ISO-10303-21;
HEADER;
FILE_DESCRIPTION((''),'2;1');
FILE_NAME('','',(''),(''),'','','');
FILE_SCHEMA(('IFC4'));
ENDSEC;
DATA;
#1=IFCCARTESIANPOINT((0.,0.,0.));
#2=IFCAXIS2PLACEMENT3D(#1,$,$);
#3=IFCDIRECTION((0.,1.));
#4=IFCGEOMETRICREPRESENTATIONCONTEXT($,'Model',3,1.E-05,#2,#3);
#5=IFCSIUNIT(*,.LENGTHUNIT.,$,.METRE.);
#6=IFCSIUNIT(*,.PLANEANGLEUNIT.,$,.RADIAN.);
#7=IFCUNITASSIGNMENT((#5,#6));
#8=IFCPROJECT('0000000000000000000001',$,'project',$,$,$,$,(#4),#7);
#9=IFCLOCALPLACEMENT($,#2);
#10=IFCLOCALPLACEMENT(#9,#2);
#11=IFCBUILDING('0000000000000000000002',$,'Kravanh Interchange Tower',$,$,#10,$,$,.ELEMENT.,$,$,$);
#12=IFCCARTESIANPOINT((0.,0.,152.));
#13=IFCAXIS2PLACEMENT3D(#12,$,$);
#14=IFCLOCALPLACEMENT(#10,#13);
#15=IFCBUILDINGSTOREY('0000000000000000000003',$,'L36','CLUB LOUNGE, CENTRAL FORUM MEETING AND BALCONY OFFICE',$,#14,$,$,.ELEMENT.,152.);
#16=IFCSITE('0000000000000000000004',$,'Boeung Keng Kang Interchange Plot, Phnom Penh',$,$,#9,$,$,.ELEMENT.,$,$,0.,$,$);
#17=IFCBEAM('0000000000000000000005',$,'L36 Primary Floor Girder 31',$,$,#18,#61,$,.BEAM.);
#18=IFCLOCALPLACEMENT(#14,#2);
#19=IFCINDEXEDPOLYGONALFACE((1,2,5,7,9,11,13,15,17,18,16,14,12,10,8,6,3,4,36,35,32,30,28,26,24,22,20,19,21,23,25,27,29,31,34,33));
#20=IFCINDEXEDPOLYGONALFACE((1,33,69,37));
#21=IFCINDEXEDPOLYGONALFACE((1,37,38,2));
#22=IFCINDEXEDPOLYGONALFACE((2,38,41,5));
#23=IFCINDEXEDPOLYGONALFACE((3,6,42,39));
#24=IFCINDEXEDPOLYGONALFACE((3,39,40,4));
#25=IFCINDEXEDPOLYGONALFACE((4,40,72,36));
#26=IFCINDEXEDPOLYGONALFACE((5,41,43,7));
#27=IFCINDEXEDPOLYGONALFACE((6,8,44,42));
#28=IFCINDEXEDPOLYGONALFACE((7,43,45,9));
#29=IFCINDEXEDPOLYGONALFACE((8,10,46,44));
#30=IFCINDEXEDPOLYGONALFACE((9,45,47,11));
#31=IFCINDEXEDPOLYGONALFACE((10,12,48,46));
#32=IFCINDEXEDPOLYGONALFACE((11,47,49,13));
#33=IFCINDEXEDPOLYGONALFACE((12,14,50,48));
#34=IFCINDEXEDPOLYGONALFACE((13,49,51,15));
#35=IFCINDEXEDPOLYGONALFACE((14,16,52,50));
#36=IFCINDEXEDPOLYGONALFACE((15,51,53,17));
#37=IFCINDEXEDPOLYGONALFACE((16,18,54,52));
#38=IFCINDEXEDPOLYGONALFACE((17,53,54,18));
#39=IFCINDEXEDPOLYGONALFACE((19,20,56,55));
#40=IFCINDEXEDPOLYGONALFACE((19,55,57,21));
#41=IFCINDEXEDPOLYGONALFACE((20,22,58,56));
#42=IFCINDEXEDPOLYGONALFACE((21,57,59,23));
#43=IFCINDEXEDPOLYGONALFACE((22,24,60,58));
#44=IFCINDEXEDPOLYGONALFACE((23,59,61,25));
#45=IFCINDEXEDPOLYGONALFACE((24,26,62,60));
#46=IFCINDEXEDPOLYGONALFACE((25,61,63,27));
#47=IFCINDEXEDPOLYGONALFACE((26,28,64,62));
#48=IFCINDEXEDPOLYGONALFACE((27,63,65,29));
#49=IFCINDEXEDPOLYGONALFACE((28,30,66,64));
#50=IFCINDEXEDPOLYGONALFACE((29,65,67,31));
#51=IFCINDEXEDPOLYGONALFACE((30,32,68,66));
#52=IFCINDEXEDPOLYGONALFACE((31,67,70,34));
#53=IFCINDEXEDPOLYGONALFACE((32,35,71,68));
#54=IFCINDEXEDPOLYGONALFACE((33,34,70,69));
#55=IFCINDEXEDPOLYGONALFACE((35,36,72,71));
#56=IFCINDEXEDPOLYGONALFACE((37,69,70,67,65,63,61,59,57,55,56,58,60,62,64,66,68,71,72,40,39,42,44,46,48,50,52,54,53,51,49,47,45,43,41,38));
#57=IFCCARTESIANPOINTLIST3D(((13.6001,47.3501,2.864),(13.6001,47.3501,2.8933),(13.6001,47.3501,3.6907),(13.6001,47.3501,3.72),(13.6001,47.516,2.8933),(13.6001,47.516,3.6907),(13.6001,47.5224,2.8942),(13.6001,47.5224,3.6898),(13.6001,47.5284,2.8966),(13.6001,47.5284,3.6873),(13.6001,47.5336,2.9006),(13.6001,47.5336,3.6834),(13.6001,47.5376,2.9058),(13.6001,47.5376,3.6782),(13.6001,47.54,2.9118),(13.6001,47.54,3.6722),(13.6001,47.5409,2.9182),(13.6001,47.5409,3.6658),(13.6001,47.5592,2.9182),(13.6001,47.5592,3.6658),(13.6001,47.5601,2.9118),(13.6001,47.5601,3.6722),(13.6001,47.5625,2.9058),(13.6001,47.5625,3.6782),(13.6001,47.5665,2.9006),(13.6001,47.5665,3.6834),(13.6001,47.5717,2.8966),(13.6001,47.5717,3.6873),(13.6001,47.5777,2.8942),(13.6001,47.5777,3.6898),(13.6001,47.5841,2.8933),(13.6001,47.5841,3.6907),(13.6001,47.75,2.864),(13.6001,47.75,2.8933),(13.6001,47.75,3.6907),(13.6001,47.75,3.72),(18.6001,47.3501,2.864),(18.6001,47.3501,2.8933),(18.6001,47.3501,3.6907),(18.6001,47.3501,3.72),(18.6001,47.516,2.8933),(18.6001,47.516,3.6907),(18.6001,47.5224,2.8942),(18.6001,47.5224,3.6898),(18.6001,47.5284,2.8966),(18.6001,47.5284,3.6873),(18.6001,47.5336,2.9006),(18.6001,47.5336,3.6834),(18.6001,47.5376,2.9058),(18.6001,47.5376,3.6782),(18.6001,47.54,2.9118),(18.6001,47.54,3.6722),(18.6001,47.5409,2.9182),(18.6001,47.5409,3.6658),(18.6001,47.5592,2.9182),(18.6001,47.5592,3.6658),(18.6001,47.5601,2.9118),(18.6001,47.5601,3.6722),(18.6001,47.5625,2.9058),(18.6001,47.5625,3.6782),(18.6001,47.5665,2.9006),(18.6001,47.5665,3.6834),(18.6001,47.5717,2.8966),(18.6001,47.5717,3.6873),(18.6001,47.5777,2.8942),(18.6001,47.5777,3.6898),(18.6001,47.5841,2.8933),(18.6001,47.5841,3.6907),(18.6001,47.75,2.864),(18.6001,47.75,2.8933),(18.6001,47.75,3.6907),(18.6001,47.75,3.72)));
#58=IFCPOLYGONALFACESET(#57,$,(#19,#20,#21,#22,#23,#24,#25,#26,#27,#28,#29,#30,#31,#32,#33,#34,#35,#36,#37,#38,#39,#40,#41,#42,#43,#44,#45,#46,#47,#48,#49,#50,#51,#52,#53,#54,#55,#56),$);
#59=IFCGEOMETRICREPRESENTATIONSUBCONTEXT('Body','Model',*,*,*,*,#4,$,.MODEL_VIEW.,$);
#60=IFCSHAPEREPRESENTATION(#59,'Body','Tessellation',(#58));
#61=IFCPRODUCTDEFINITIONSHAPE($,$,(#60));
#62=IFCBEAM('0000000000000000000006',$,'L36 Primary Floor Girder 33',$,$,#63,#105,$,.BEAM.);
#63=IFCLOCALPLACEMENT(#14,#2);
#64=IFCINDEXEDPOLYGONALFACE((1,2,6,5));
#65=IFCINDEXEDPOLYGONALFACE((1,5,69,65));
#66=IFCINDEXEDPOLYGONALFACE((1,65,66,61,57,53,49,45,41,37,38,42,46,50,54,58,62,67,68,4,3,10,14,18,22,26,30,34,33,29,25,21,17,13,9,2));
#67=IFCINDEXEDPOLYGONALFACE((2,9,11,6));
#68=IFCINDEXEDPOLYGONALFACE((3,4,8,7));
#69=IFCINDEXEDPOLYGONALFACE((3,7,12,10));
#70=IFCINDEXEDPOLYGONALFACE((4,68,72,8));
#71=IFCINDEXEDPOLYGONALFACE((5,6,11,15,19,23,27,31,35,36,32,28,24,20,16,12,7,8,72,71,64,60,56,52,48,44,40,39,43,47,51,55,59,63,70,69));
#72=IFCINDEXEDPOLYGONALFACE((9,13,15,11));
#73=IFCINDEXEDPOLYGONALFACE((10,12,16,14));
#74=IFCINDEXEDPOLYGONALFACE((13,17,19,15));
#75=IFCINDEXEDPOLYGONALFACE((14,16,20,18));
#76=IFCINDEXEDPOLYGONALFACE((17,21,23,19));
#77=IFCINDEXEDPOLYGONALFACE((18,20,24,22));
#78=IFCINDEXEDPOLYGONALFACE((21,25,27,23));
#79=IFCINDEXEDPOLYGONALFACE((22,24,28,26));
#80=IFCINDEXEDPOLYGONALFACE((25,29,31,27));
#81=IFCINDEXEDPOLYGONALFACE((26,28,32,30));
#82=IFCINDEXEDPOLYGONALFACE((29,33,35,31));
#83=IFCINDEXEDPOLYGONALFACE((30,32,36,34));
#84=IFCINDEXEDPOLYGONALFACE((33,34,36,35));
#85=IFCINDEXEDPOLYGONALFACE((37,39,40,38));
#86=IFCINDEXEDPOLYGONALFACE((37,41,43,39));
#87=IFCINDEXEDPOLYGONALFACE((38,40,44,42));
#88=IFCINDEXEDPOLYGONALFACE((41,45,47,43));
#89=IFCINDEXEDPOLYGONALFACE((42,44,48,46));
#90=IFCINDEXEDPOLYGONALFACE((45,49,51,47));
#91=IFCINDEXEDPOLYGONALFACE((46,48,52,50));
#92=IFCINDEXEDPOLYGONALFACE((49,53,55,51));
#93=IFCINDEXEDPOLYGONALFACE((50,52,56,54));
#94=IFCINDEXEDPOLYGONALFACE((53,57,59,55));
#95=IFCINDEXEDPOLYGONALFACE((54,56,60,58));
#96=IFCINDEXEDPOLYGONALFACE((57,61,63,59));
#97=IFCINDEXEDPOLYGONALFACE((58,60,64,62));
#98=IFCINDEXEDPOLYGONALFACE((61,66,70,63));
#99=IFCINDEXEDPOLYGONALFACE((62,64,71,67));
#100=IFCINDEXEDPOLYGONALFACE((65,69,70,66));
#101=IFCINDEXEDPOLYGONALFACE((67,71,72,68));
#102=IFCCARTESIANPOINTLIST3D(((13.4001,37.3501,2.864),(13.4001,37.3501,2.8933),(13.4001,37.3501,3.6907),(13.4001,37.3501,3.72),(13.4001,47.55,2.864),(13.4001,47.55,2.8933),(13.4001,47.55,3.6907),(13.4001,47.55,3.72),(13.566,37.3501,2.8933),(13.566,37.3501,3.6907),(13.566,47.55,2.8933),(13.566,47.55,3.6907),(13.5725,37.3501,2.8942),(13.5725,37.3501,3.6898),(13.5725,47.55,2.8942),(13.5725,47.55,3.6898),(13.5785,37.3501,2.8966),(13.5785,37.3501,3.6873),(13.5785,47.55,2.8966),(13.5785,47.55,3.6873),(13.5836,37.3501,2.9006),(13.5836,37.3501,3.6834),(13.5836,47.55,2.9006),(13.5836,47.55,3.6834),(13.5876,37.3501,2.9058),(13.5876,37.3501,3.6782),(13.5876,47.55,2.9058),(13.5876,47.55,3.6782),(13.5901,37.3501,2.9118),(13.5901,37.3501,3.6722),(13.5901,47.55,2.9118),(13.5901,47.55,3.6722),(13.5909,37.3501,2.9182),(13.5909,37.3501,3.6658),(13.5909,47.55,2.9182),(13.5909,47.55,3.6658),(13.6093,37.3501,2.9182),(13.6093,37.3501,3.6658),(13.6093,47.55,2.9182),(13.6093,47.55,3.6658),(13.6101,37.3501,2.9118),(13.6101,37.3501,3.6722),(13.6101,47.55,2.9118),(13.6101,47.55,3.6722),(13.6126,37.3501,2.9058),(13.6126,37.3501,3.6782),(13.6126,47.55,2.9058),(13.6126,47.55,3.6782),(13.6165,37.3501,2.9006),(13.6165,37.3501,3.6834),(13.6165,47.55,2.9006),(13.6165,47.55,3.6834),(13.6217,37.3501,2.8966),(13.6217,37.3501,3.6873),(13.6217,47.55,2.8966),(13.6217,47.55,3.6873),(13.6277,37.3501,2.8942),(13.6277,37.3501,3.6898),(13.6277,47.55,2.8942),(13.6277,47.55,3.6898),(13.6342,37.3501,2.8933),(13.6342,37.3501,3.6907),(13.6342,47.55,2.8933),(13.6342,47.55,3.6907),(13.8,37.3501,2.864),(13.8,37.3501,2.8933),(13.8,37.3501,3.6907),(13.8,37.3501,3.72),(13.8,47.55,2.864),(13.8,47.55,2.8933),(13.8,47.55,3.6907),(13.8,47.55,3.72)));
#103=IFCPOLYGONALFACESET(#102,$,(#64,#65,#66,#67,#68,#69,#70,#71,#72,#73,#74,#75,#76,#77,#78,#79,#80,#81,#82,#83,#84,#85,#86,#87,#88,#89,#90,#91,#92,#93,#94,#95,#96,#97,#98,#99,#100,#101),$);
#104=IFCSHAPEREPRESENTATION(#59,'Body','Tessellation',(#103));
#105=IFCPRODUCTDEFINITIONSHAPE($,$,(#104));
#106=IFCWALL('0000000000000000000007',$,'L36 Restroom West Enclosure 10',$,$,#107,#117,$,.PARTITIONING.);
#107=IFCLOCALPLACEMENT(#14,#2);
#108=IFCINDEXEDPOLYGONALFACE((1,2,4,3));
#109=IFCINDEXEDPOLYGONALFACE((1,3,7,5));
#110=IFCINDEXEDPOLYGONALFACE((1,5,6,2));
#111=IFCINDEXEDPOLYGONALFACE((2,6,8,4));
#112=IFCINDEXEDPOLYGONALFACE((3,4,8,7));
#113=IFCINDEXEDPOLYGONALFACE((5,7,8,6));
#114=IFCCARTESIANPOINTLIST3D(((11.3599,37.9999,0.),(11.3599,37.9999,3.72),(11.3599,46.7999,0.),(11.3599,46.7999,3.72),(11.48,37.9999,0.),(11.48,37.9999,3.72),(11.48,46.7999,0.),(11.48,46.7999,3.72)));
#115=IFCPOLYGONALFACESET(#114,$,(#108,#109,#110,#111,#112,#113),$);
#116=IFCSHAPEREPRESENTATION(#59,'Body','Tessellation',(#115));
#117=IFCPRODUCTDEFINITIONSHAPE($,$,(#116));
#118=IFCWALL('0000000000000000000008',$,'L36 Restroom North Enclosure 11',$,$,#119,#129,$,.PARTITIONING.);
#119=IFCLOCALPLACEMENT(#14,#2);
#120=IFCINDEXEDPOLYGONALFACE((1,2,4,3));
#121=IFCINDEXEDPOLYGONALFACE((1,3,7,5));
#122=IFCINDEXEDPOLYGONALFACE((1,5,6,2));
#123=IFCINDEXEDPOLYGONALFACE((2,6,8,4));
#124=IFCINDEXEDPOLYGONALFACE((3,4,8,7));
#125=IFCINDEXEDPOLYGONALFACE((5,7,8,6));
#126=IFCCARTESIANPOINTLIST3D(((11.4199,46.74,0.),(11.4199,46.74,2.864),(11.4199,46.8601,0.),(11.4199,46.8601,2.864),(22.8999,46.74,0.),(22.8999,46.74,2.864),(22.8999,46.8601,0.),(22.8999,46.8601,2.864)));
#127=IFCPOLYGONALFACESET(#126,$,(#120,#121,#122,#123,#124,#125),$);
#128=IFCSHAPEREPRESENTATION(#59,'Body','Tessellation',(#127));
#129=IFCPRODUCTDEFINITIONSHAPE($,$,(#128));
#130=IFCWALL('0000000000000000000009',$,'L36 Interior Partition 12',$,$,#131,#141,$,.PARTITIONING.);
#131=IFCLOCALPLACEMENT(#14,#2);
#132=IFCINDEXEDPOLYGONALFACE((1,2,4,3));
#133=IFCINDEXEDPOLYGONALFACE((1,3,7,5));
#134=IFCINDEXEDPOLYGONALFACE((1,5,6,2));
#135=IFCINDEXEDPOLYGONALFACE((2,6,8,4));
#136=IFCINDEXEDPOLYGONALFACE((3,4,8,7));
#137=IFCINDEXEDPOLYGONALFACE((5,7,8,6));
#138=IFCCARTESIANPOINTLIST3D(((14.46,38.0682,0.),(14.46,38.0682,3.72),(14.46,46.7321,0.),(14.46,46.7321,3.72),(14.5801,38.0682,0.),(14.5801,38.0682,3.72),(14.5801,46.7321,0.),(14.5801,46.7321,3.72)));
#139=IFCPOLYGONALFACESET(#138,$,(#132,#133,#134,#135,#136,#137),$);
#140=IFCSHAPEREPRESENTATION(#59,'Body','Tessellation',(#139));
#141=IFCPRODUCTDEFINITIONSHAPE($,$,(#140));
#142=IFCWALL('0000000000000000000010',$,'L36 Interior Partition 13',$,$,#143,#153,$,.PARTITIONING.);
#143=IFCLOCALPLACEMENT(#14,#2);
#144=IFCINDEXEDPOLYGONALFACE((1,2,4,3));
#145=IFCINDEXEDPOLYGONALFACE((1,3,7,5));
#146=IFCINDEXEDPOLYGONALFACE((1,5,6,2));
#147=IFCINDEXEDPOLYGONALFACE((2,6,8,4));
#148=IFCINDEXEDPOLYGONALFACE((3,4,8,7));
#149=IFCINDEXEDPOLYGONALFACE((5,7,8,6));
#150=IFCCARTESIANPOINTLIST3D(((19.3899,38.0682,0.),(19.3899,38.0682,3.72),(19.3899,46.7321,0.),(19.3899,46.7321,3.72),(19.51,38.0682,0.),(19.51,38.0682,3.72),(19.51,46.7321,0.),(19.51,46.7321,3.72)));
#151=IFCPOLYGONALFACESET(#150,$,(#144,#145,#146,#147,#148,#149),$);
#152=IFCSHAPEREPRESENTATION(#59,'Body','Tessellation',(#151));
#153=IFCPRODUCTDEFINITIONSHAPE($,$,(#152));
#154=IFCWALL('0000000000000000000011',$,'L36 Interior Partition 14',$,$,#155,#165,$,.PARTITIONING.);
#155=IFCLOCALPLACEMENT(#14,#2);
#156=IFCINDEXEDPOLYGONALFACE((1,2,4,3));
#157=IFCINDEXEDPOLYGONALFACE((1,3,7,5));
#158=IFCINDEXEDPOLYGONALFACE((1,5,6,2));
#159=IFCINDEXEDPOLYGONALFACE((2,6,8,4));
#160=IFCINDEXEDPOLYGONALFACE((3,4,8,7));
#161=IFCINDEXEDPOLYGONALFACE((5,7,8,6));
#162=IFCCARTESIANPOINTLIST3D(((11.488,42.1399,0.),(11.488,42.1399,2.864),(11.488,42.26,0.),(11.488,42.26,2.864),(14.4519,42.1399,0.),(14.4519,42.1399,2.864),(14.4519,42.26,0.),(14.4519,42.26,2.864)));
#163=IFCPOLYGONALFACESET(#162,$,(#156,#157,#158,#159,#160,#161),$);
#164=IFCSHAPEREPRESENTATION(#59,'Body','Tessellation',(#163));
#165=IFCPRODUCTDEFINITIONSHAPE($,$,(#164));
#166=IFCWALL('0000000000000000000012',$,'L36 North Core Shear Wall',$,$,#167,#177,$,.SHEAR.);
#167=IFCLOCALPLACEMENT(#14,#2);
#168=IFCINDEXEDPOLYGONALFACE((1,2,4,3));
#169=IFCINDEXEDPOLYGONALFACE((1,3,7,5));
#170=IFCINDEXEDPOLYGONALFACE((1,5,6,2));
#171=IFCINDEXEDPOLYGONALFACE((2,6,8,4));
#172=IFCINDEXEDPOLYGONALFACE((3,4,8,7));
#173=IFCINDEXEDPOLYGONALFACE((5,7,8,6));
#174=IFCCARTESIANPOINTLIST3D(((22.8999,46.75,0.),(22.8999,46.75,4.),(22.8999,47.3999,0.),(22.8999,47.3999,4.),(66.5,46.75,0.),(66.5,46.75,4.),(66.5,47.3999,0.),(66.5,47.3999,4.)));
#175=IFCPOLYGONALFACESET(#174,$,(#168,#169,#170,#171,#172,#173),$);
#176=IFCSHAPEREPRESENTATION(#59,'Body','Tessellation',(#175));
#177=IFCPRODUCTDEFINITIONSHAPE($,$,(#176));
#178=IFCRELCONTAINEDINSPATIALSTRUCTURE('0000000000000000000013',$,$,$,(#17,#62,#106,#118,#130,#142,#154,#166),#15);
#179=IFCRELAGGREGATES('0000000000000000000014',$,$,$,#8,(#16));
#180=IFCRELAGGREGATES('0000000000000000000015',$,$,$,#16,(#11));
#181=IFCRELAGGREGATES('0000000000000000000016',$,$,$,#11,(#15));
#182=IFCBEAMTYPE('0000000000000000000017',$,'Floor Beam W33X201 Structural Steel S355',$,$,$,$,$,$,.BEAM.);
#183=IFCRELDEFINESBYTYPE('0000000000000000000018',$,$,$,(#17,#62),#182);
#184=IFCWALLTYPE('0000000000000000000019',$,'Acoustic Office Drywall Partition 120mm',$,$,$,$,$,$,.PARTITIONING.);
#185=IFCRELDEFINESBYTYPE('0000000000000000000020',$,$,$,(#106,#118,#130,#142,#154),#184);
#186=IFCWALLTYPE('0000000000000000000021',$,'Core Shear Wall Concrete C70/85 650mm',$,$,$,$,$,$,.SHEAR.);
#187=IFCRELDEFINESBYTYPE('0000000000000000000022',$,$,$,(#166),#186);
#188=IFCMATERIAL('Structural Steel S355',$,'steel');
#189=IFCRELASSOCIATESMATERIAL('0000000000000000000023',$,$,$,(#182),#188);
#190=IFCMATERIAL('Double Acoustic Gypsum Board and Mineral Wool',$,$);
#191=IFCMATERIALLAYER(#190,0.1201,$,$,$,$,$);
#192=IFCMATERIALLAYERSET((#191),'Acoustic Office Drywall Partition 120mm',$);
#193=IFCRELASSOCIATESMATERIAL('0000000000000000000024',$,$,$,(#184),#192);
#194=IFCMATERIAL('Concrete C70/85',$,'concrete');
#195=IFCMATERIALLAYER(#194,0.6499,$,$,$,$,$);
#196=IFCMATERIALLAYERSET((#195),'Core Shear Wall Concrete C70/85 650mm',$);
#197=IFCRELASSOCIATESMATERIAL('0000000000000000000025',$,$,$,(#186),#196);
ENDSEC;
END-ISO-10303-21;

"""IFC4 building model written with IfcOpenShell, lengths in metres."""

from ifc_helpers import new_model, si_unit, direction, frame, frame_2d, origin, origin_2d, place, context, subcontext, project, spatial, rectangle, i_section, extrude, material, layer, layer_set, material_profile, profile_set, type_object, element, save


model = new_model("IFC4")

# Units and contexts
model_context = context("Model", 3, precision=1e-05, world=origin(), true_north=direction((0.0, 1.0)))
body_context = subcontext(model_context, "Body", "Model", "MODEL_VIEW")
ifc_project = project(units=[si_unit("LENGTHUNIT", "METRE"), si_unit("PLANEANGLEUNIT", "RADIAN")], contexts=[model_context])

# Site, building, storey
site_placement = place(None, origin())
site = spatial("IfcSite", under=ifc_project, at=site_placement, Name="Boeung Keng Kang Interchange Plot, Phnom Penh", CompositionType="ELEMENT", RefElevation=0.0)
building_placement = place(site_placement, origin())
building = spatial("IfcBuilding", under=site, at=building_placement, Name="Kravanh Interchange Tower", CompositionType="ELEMENT")
storey_placement = place(building_placement, frame((0.0, 0.0, 152.0)))
storey = spatial("IfcBuildingStorey", under=building, at=storey_placement, Name="L36", Description="CLUB LOUNGE, CENTRAL FORUM MEETING AND BALCONY OFFICE", CompositionType="ELEMENT", Elevation=152.0)

# Beams
ifc_material_1 = material(Name="Structural Steel S355", Category="steel")
ifc_material_profile_1 = material_profile(ifc_material_1, i_section(OverallWidth=0.3999, OverallDepth=0.856, WebThickness=0.0183, FlangeThickness=0.0293, FilletRadius=0.0249, at=origin_2d()), Name="W33X201")
ifc_profile_set_1 = profile_set([ifc_material_profile_1], Name="Structural Steel S355")
beam_type = type_object("IfcBeamType", Name="Floor Beam W33X201 Structural Steel S355", PredefinedType="BEAM", material=ifc_profile_set_1)
beam_1_placement = place(storey_placement, frame((18.6001, 47.55, 3.292), z_axis=(-1.0, 0.0, 0.0), x_axis=(0.0, -1.0, 0.0)))
element("IfcBeam", 1, at=beam_1_placement, inside=storey, type_object=beam_type, Name="L36 Primary Floor Girder 31", PredefinedType="BEAM", context=body_context, shape_type="SweptSolid", body=[
    extrude(i_section(OverallWidth=0.3999, OverallDepth=0.856, WebThickness=0.0183, FlangeThickness=0.0293, FilletRadius=0.0249, at=origin_2d()), origin(), (0.0, 0.0, 1.0), 5.0),
])
beam_2_placement = place(storey_placement, frame((13.6001, 37.3501, 3.292), z_axis=(0.0, 1.0, 0.0), x_axis=(-1.0, 0.0, 0.0)))
element("IfcBeam", 2, at=beam_2_placement, inside=storey, type_object=beam_type, Name="L36 Primary Floor Girder 33", PredefinedType="BEAM", context=body_context, shape_type="SweptSolid", body=[
    extrude(i_section(OverallWidth=0.3999, OverallDepth=0.856, WebThickness=0.0183, FlangeThickness=0.0293, FilletRadius=0.0249, at=origin_2d()), origin(), (0.0, 0.0, 1.0), 10.2),
])

# Shared definitions
ifc_material_2 = material(Name="Double Acoustic Gypsum Board and Mineral Wool")
ifc_layer_1 = layer(ifc_material_2, 0.1201)
ifc_layer_set_1 = layer_set([ifc_layer_1], Name="Acoustic Office Drywall Partition 120mm")
wall_type_1 = type_object("IfcWallType", Name="Acoustic Office Drywall Partition 120mm", PredefinedType="PARTITIONING", material=ifc_layer_set_1)

# Walls
wall_1_placement = place(storey_placement, frame((11.4199, 38.0, 0.0), z_axis=(0.0, 0.0, 1.0), x_axis=(0.0, 1.0, 0.0)))
element("IfcWall", 3, at=wall_1_placement, inside=storey, type_object=wall_type_1, Name="L36 Restroom West Enclosure 10", PredefinedType="PARTITIONING", context=body_context, shape_type="SweptSolid", body=[
    extrude(rectangle(XDim=8.8, YDim=0.1201, at=frame_2d((4.3999, 0.0))), origin(), (0.0, 0.0, 1.0), 3.72),
])
wall_2_placement = place(storey_placement, frame((11.4199, 46.8, 0.0), z_axis=(0.0, 0.0, 1.0), x_axis=(1.0, 0.0, 0.0)))
element("IfcWall", 4, at=wall_2_placement, inside=storey, type_object=wall_type_1, Name="L36 Restroom North Enclosure 11", PredefinedType="PARTITIONING", context=body_context, shape_type="SweptSolid", body=[
    extrude(rectangle(XDim=11.48, YDim=0.1201, at=frame_2d((5.74, 0.0))), origin(), (0.0, 0.0, 1.0), 2.864),
])
for number, where, z_axis, x_axis, name in (
    (5, (14.52, 38.0681, 0.0), (0.0, 0.0, 1.0), (0.0, 1.0, 0.0), "L36 Interior Partition 12"),
    (6, (19.45, 38.0681, 0.0), (0.0, 0.0, 1.0), (0.0, 1.0, 0.0), "L36 Interior Partition 13"),
):
    element("IfcWall", number, at=place(storey_placement, frame(where, z_axis=z_axis, x_axis=x_axis)), inside=storey, type_object=wall_type_1, Name=name, PredefinedType="PARTITIONING", context=body_context, shape_type="SweptSolid", body=[
        extrude(rectangle(XDim=8.6638, YDim=0.1201, at=frame_2d((4.332, 0.0))), origin(), (0.0, 0.0, 1.0), 3.72),
    ])
wall_3_placement = place(storey_placement, frame((11.488, 42.2, 0.0), z_axis=(0.0, 0.0, 1.0), x_axis=(1.0, 0.0, 0.0)))
element("IfcWall", 7, at=wall_3_placement, inside=storey, type_object=wall_type_1, Name="L36 Interior Partition 14", PredefinedType="PARTITIONING", context=body_context, shape_type="SweptSolid", body=[
    extrude(rectangle(XDim=2.9639, YDim=0.1201, at=frame_2d((1.4819, 0.0))), origin(), (0.0, 0.0, 1.0), 2.864),
])
ifc_material_3 = material(Name="Concrete C70/85", Category="concrete")
ifc_layer_2 = layer(ifc_material_3, 0.6499)
ifc_layer_set_2 = layer_set([ifc_layer_2], Name="Core Shear Wall Concrete C70/85 650mm")
wall_type_2 = type_object("IfcWallType", Name="Core Shear Wall Concrete C70/85 650mm", PredefinedType="SHEAR", material=ifc_layer_set_2)
wall_4_placement = place(storey_placement, frame((22.8999, 47.075, 0.0), z_axis=(0.0, 0.0, 1.0), x_axis=(1.0, 0.0, 0.0)))
element("IfcWall", 8, at=wall_4_placement, inside=storey, type_object=wall_type_2, Name="L36 North Core Shear Wall", PredefinedType="SHEAR", context=body_context, shape_type="SweptSolid", body=[
    extrude(rectangle(XDim=43.6001, YDim=0.6499, at=frame_2d((21.8, 0.0))), origin(), (0.0, 0.0, 1.0), 4.0),
])

save(model, "model.ifc")
